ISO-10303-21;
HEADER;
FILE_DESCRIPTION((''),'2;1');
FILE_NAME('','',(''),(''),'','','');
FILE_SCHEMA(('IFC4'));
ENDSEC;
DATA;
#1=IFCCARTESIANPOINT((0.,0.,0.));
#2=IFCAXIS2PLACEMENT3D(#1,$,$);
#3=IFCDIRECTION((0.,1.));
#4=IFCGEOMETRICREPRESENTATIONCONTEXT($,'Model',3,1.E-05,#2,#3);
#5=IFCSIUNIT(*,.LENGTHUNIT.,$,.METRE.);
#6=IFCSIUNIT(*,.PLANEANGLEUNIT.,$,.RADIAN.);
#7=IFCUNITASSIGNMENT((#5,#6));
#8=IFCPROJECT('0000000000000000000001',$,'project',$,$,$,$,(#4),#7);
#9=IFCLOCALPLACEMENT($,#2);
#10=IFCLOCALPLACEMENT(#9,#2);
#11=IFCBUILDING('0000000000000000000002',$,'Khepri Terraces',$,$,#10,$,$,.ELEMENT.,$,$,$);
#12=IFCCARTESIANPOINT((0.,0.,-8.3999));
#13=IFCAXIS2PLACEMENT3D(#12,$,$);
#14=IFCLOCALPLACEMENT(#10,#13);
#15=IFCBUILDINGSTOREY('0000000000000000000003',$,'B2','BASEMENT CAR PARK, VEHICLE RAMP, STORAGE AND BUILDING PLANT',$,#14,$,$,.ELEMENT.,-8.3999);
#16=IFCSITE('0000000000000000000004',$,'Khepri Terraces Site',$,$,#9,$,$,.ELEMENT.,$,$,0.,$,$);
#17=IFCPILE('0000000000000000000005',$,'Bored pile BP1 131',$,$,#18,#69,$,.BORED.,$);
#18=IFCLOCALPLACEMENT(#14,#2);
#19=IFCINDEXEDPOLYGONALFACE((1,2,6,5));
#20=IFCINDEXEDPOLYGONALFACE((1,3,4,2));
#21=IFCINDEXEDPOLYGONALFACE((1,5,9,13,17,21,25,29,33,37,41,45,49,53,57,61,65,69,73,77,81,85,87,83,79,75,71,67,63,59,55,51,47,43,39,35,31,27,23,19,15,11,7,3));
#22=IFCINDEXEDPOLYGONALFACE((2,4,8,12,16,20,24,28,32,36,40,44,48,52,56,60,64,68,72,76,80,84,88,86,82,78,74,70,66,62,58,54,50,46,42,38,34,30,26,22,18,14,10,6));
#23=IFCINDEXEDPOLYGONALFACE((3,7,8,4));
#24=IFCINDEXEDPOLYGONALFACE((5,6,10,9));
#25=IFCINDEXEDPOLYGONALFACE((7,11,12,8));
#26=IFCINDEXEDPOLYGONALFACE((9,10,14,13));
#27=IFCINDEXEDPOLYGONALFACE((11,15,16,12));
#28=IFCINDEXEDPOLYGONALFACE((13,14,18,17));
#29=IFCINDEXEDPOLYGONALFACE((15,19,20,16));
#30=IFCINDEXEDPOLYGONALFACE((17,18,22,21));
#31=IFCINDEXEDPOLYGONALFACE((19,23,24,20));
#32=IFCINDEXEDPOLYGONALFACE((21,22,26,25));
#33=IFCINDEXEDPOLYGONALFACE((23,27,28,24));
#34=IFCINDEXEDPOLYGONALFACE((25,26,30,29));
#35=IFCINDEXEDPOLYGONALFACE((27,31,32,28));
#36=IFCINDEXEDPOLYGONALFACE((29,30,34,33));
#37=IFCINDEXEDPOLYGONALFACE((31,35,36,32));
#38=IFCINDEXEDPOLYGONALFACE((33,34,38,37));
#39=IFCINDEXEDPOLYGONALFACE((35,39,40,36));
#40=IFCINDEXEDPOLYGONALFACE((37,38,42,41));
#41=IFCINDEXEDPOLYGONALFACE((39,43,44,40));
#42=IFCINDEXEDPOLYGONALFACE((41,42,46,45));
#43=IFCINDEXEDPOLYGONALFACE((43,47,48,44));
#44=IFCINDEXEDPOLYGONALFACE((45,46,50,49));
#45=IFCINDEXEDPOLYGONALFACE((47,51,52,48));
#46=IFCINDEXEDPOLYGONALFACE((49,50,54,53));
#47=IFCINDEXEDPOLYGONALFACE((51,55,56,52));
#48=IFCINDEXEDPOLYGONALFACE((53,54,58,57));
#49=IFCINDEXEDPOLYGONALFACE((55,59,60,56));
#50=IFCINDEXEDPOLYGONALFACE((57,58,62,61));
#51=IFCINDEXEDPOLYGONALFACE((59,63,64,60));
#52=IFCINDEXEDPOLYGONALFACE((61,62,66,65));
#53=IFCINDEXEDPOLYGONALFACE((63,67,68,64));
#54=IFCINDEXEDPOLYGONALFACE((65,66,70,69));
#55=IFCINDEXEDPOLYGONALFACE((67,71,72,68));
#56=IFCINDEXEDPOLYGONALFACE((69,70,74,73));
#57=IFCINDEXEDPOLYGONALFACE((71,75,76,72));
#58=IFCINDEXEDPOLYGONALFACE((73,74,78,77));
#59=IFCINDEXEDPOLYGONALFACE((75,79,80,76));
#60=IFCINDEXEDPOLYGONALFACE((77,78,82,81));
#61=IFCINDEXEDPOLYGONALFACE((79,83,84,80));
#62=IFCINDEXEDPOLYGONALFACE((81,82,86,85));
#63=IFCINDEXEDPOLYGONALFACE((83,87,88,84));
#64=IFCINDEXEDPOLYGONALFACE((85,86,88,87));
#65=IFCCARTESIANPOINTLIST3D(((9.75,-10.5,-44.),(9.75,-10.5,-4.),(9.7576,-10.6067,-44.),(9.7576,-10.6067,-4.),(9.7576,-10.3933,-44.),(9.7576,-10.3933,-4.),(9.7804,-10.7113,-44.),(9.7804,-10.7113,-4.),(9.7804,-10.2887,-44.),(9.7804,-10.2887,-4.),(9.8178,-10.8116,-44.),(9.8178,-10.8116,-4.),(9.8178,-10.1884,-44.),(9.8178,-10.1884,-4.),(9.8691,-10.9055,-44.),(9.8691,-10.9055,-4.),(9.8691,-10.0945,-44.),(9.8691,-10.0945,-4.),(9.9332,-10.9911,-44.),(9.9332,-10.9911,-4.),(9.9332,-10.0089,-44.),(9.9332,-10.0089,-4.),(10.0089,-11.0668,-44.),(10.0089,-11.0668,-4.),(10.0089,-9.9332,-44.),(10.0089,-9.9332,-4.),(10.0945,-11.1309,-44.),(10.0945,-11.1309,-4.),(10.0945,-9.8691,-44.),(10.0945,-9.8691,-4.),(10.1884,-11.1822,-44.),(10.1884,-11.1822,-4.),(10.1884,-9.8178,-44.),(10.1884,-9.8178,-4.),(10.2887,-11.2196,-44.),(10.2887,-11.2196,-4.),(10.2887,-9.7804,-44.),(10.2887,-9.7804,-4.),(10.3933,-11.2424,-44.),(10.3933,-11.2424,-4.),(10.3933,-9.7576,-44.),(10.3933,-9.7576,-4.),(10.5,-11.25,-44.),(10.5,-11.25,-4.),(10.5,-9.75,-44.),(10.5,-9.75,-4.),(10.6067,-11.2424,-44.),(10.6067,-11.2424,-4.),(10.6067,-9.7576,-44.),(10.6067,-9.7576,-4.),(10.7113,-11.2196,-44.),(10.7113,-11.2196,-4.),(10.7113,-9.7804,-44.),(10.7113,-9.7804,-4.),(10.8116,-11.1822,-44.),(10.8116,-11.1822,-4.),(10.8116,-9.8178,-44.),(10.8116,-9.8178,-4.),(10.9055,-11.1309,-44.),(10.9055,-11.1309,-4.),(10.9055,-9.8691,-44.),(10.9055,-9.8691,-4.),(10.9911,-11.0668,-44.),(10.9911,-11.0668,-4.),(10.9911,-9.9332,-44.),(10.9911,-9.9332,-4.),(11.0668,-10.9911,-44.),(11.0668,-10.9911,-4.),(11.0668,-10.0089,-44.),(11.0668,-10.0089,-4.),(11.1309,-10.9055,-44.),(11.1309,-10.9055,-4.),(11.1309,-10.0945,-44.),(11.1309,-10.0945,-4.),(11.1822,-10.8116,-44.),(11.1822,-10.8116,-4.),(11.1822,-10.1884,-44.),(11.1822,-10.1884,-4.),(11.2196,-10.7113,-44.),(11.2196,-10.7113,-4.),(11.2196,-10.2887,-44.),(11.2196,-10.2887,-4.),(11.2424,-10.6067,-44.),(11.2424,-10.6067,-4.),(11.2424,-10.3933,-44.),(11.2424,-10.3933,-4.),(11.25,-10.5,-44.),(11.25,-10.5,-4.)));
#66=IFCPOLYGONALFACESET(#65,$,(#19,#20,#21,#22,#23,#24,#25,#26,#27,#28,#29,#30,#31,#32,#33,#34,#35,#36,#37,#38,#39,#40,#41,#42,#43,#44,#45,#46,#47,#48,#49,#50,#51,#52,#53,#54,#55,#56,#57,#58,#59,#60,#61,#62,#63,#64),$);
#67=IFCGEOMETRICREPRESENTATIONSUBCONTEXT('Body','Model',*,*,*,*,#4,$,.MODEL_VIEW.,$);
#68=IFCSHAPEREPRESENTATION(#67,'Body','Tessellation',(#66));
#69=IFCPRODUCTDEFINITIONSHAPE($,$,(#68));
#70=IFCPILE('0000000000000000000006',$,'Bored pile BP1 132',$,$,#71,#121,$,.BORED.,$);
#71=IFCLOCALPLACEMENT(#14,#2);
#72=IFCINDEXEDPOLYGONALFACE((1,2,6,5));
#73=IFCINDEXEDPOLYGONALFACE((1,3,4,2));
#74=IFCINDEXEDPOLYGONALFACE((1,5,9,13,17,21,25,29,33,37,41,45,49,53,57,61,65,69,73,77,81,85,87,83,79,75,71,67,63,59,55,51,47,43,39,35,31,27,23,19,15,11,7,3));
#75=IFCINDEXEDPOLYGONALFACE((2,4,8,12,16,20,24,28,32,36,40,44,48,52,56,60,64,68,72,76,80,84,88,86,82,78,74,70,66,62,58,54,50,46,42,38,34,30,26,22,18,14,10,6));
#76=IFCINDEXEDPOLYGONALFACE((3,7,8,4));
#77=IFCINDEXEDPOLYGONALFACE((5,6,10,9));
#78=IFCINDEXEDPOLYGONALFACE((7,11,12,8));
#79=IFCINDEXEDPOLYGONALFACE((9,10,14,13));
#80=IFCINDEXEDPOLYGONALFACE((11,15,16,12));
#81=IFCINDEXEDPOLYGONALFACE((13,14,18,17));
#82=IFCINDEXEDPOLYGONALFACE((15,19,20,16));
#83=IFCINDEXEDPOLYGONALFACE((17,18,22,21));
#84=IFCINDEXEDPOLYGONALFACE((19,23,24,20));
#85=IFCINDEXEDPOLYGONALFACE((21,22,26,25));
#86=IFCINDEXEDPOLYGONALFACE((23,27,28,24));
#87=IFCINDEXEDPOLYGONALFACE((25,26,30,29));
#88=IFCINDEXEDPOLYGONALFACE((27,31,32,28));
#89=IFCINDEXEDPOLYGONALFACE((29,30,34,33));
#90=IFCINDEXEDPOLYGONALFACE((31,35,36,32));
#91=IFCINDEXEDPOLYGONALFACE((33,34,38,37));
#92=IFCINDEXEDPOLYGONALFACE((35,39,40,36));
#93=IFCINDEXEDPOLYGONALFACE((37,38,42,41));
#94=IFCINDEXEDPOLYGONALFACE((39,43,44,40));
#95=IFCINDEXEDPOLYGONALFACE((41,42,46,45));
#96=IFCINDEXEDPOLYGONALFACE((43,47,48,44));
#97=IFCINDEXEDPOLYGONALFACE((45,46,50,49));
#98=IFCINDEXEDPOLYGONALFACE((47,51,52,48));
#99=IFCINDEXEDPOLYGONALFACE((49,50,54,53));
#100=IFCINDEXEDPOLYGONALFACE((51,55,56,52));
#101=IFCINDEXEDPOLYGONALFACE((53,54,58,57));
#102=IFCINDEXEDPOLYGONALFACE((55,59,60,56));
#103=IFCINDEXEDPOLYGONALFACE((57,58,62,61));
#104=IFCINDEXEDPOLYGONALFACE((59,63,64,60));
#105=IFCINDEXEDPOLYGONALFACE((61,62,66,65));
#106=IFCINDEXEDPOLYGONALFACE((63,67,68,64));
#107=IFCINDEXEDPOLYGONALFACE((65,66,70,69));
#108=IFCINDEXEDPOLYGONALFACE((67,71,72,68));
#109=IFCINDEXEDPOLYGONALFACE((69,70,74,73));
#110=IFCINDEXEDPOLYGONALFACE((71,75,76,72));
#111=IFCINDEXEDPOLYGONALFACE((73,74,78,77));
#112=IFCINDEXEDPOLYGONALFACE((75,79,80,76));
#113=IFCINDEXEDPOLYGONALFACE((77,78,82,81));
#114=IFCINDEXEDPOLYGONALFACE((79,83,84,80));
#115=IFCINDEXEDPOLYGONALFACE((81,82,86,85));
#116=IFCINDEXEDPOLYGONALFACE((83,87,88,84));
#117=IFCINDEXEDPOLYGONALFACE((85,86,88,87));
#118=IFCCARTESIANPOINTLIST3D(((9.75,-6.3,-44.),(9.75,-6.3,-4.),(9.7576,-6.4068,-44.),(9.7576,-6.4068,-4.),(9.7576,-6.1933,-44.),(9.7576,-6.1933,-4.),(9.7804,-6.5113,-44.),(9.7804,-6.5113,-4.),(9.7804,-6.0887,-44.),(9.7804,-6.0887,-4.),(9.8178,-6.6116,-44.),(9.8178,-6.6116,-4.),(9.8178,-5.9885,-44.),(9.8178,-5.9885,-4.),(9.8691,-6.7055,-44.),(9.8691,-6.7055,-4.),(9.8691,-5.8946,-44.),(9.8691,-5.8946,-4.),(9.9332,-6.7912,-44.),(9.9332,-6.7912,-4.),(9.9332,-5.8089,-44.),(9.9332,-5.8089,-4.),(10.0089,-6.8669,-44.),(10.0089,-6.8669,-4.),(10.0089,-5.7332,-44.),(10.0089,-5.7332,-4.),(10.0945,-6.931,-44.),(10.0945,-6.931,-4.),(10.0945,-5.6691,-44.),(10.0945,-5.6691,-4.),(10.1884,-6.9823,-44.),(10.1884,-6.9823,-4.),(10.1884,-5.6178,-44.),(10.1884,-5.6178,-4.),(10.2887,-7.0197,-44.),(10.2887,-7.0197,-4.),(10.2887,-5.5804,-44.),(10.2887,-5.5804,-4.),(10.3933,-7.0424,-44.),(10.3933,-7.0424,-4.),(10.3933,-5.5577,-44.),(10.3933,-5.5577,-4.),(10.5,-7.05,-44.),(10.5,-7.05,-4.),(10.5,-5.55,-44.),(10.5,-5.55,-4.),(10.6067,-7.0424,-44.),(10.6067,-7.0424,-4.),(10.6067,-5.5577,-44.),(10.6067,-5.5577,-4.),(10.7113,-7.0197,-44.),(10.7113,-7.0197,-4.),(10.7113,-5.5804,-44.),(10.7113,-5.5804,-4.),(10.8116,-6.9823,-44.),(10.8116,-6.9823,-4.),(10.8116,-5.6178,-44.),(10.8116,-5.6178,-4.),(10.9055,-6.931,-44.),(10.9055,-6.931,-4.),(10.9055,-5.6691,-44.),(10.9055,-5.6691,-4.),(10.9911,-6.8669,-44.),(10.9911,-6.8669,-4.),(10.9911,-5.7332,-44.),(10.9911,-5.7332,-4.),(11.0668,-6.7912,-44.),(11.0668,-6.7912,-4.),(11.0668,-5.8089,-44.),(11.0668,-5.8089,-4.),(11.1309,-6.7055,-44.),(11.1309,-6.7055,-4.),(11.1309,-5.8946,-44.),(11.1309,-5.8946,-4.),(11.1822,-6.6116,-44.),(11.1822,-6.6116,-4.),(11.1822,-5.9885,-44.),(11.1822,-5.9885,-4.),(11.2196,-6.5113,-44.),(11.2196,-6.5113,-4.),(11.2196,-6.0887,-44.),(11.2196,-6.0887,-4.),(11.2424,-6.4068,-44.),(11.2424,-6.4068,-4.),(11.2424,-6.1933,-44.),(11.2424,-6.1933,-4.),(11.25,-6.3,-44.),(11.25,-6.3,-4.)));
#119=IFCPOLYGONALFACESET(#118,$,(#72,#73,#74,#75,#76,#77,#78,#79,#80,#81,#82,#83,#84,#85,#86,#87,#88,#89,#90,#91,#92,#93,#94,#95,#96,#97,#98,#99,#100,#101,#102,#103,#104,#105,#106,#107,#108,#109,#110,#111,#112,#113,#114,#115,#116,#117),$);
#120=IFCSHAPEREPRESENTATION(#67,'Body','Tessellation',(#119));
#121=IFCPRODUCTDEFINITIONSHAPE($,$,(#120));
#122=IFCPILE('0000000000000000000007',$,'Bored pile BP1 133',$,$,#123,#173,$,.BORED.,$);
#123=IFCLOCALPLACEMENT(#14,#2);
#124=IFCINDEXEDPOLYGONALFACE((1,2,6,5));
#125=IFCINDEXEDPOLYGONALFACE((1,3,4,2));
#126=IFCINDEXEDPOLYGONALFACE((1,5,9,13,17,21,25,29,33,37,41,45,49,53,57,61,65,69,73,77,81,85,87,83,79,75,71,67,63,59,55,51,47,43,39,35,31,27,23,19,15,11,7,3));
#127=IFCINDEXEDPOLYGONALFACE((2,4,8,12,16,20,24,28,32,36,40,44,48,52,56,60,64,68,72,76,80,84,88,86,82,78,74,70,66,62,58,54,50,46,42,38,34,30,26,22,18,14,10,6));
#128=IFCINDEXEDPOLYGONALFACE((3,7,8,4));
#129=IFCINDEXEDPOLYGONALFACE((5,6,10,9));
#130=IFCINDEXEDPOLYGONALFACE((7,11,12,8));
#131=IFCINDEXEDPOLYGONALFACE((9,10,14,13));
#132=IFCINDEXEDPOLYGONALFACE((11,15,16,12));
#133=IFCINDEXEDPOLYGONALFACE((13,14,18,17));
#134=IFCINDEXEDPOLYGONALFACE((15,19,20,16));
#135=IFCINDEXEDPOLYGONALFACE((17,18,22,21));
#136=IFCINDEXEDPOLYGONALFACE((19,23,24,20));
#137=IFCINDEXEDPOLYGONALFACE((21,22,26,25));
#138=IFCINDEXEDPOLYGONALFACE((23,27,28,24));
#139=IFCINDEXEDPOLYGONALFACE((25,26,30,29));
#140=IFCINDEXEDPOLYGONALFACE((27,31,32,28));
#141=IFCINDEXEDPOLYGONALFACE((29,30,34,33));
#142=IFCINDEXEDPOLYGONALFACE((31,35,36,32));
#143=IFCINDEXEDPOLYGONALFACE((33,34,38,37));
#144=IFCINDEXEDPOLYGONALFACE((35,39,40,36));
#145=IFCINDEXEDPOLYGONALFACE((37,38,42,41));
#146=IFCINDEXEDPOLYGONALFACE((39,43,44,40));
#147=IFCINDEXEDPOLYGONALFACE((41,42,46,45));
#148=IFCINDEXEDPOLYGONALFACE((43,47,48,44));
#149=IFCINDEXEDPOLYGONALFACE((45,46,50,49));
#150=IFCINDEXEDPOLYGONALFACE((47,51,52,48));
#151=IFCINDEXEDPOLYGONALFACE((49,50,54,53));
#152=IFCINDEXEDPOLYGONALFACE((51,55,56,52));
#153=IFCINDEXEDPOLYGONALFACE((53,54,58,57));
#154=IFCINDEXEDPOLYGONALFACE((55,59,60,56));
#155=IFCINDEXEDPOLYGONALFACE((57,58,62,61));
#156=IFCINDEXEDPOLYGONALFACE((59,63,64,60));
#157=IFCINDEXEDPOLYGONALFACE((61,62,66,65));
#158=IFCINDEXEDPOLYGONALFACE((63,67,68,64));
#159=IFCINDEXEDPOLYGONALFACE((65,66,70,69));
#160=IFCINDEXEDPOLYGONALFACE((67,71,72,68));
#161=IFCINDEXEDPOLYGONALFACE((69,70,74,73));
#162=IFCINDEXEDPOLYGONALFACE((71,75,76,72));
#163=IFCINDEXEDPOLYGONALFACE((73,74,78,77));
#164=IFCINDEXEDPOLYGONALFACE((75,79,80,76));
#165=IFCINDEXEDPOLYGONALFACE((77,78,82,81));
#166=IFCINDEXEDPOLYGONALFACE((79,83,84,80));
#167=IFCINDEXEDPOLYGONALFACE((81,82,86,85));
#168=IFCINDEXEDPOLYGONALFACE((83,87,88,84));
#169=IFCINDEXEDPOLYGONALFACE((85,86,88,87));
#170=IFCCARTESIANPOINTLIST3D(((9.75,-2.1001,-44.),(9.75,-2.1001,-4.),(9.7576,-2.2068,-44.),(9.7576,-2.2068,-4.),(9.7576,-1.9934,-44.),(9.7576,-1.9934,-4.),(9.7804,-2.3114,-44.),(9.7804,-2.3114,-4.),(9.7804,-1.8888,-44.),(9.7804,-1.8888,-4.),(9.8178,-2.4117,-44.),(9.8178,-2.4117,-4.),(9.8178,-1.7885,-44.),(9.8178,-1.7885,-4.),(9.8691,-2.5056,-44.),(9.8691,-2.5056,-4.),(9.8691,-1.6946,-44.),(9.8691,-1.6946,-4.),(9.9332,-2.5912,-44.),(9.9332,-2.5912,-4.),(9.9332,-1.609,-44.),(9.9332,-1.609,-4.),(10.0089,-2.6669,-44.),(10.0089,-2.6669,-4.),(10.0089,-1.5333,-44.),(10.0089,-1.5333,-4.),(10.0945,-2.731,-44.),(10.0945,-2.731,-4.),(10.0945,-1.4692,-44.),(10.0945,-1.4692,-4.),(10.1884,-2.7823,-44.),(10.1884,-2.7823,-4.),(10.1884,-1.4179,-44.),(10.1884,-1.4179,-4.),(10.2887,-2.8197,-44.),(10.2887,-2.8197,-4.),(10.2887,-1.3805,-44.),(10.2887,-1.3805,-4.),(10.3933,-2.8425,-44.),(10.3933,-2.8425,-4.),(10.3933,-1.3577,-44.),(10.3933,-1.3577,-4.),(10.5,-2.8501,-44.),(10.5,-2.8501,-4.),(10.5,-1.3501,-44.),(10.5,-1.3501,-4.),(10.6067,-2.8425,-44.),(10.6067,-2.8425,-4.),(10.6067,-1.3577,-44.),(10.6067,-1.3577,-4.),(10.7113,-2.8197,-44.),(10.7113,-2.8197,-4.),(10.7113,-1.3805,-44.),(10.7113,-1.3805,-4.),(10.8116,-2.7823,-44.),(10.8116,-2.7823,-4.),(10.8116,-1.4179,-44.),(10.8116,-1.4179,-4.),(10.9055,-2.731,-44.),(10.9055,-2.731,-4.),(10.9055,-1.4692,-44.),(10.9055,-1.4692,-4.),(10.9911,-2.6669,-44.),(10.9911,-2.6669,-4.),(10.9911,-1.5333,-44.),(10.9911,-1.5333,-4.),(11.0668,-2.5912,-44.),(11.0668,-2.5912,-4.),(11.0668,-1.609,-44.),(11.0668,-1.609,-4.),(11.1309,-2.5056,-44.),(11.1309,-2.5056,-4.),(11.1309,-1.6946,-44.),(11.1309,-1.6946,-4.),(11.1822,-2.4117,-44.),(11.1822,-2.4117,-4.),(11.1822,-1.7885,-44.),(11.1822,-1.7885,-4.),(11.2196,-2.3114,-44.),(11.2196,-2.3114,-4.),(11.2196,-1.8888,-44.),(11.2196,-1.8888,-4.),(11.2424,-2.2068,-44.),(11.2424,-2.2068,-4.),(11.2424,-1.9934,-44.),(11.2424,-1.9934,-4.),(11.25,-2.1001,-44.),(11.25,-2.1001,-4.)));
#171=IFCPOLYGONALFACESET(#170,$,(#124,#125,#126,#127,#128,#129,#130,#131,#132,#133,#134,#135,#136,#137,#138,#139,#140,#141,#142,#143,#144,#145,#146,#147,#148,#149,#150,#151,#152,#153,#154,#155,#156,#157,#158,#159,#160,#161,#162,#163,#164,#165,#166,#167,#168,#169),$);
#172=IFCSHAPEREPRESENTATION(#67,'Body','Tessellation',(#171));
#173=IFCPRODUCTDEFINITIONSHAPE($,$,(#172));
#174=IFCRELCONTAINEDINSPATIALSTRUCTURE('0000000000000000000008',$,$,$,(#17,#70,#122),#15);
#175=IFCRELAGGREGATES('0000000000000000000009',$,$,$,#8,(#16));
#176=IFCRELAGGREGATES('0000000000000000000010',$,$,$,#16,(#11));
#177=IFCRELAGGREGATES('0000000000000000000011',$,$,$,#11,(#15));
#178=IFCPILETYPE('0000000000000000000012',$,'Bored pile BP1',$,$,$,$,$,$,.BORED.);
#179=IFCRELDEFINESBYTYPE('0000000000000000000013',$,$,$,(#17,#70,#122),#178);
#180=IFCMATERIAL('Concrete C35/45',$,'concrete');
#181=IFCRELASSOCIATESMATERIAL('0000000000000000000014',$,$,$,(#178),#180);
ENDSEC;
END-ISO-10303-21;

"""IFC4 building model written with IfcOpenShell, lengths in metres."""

from ifc_helpers import new_model, si_unit, direction, frame, origin, origin_2d, place, context, subcontext, project, spatial, circle, extrude, material, material_profile, profile_set, type_object, element, save


model = new_model("IFC4")

# Units and contexts
model_context = context("Model", 3, precision=1e-05, world=origin(), true_north=direction((0.0, 1.0)))
body_context = subcontext(model_context, "Body", "Model", "MODEL_VIEW")
ifc_project = project(units=[si_unit("LENGTHUNIT", "METRE"), si_unit("PLANEANGLEUNIT", "RADIAN")], contexts=[model_context])

# Site, building, storey
site_placement = place(None, origin())
site = spatial("IfcSite", under=ifc_project, at=site_placement, Name="Khepri Terraces Site", CompositionType="ELEMENT", RefElevation=0.0)
building_placement = place(site_placement, origin())
building = spatial("IfcBuilding", under=site, at=building_placement, Name="Khepri Terraces", CompositionType="ELEMENT")
storey_placement = place(building_placement, frame((0.0, 0.0, -8.3999)))
storey = spatial("IfcBuildingStorey", under=building, at=storey_placement, Name="B2", Description="BASEMENT CAR PARK, VEHICLE RAMP, STORAGE AND BUILDING PLANT", CompositionType="ELEMENT", Elevation=-8.3999)

# Piles
ifc_material_1 = material(Name="Concrete C35/45", Category="concrete")
ifc_material_profile = material_profile(ifc_material_1, circle(Radius=0.75, at=origin_2d()), Name="Concrete C35/45", Category="concrete")
ifc_profile_set = profile_set([ifc_material_profile], Name="Concrete C35/45")
pile_type = type_object("IfcPileType", Name="Bored pile BP1", PredefinedType="BORED", material=ifc_profile_set)
for number, where, z_axis, x_axis, name in (
    (1, (10.5, -10.5, -4.0), (0.0, 0.0, -1.0), (1.0, 0.0, 0.0), "Bored pile BP1 131"),
    (2, (10.5, -6.3, -4.0), (0.0, 0.0, -1.0), (1.0, 0.0, 0.0), "Bored pile BP1 132"),
    (3, (10.5, -2.1001, -4.0), (0.0, 0.0, -1.0), (1.0, 0.0, 0.0), "Bored pile BP1 133"),
):
    element("IfcPile", number, at=place(storey_placement, frame(where, z_axis=z_axis, x_axis=x_axis)), inside=storey, type_object=pile_type, Name=name, PredefinedType="BORED", context=body_context, shape_type="SweptSolid", body=[
        extrude(circle(Radius=0.75, at=origin_2d()), origin(), (0.0, 0.0, 1.0), 40.0),
    ])

save(model, "model.ifc")
